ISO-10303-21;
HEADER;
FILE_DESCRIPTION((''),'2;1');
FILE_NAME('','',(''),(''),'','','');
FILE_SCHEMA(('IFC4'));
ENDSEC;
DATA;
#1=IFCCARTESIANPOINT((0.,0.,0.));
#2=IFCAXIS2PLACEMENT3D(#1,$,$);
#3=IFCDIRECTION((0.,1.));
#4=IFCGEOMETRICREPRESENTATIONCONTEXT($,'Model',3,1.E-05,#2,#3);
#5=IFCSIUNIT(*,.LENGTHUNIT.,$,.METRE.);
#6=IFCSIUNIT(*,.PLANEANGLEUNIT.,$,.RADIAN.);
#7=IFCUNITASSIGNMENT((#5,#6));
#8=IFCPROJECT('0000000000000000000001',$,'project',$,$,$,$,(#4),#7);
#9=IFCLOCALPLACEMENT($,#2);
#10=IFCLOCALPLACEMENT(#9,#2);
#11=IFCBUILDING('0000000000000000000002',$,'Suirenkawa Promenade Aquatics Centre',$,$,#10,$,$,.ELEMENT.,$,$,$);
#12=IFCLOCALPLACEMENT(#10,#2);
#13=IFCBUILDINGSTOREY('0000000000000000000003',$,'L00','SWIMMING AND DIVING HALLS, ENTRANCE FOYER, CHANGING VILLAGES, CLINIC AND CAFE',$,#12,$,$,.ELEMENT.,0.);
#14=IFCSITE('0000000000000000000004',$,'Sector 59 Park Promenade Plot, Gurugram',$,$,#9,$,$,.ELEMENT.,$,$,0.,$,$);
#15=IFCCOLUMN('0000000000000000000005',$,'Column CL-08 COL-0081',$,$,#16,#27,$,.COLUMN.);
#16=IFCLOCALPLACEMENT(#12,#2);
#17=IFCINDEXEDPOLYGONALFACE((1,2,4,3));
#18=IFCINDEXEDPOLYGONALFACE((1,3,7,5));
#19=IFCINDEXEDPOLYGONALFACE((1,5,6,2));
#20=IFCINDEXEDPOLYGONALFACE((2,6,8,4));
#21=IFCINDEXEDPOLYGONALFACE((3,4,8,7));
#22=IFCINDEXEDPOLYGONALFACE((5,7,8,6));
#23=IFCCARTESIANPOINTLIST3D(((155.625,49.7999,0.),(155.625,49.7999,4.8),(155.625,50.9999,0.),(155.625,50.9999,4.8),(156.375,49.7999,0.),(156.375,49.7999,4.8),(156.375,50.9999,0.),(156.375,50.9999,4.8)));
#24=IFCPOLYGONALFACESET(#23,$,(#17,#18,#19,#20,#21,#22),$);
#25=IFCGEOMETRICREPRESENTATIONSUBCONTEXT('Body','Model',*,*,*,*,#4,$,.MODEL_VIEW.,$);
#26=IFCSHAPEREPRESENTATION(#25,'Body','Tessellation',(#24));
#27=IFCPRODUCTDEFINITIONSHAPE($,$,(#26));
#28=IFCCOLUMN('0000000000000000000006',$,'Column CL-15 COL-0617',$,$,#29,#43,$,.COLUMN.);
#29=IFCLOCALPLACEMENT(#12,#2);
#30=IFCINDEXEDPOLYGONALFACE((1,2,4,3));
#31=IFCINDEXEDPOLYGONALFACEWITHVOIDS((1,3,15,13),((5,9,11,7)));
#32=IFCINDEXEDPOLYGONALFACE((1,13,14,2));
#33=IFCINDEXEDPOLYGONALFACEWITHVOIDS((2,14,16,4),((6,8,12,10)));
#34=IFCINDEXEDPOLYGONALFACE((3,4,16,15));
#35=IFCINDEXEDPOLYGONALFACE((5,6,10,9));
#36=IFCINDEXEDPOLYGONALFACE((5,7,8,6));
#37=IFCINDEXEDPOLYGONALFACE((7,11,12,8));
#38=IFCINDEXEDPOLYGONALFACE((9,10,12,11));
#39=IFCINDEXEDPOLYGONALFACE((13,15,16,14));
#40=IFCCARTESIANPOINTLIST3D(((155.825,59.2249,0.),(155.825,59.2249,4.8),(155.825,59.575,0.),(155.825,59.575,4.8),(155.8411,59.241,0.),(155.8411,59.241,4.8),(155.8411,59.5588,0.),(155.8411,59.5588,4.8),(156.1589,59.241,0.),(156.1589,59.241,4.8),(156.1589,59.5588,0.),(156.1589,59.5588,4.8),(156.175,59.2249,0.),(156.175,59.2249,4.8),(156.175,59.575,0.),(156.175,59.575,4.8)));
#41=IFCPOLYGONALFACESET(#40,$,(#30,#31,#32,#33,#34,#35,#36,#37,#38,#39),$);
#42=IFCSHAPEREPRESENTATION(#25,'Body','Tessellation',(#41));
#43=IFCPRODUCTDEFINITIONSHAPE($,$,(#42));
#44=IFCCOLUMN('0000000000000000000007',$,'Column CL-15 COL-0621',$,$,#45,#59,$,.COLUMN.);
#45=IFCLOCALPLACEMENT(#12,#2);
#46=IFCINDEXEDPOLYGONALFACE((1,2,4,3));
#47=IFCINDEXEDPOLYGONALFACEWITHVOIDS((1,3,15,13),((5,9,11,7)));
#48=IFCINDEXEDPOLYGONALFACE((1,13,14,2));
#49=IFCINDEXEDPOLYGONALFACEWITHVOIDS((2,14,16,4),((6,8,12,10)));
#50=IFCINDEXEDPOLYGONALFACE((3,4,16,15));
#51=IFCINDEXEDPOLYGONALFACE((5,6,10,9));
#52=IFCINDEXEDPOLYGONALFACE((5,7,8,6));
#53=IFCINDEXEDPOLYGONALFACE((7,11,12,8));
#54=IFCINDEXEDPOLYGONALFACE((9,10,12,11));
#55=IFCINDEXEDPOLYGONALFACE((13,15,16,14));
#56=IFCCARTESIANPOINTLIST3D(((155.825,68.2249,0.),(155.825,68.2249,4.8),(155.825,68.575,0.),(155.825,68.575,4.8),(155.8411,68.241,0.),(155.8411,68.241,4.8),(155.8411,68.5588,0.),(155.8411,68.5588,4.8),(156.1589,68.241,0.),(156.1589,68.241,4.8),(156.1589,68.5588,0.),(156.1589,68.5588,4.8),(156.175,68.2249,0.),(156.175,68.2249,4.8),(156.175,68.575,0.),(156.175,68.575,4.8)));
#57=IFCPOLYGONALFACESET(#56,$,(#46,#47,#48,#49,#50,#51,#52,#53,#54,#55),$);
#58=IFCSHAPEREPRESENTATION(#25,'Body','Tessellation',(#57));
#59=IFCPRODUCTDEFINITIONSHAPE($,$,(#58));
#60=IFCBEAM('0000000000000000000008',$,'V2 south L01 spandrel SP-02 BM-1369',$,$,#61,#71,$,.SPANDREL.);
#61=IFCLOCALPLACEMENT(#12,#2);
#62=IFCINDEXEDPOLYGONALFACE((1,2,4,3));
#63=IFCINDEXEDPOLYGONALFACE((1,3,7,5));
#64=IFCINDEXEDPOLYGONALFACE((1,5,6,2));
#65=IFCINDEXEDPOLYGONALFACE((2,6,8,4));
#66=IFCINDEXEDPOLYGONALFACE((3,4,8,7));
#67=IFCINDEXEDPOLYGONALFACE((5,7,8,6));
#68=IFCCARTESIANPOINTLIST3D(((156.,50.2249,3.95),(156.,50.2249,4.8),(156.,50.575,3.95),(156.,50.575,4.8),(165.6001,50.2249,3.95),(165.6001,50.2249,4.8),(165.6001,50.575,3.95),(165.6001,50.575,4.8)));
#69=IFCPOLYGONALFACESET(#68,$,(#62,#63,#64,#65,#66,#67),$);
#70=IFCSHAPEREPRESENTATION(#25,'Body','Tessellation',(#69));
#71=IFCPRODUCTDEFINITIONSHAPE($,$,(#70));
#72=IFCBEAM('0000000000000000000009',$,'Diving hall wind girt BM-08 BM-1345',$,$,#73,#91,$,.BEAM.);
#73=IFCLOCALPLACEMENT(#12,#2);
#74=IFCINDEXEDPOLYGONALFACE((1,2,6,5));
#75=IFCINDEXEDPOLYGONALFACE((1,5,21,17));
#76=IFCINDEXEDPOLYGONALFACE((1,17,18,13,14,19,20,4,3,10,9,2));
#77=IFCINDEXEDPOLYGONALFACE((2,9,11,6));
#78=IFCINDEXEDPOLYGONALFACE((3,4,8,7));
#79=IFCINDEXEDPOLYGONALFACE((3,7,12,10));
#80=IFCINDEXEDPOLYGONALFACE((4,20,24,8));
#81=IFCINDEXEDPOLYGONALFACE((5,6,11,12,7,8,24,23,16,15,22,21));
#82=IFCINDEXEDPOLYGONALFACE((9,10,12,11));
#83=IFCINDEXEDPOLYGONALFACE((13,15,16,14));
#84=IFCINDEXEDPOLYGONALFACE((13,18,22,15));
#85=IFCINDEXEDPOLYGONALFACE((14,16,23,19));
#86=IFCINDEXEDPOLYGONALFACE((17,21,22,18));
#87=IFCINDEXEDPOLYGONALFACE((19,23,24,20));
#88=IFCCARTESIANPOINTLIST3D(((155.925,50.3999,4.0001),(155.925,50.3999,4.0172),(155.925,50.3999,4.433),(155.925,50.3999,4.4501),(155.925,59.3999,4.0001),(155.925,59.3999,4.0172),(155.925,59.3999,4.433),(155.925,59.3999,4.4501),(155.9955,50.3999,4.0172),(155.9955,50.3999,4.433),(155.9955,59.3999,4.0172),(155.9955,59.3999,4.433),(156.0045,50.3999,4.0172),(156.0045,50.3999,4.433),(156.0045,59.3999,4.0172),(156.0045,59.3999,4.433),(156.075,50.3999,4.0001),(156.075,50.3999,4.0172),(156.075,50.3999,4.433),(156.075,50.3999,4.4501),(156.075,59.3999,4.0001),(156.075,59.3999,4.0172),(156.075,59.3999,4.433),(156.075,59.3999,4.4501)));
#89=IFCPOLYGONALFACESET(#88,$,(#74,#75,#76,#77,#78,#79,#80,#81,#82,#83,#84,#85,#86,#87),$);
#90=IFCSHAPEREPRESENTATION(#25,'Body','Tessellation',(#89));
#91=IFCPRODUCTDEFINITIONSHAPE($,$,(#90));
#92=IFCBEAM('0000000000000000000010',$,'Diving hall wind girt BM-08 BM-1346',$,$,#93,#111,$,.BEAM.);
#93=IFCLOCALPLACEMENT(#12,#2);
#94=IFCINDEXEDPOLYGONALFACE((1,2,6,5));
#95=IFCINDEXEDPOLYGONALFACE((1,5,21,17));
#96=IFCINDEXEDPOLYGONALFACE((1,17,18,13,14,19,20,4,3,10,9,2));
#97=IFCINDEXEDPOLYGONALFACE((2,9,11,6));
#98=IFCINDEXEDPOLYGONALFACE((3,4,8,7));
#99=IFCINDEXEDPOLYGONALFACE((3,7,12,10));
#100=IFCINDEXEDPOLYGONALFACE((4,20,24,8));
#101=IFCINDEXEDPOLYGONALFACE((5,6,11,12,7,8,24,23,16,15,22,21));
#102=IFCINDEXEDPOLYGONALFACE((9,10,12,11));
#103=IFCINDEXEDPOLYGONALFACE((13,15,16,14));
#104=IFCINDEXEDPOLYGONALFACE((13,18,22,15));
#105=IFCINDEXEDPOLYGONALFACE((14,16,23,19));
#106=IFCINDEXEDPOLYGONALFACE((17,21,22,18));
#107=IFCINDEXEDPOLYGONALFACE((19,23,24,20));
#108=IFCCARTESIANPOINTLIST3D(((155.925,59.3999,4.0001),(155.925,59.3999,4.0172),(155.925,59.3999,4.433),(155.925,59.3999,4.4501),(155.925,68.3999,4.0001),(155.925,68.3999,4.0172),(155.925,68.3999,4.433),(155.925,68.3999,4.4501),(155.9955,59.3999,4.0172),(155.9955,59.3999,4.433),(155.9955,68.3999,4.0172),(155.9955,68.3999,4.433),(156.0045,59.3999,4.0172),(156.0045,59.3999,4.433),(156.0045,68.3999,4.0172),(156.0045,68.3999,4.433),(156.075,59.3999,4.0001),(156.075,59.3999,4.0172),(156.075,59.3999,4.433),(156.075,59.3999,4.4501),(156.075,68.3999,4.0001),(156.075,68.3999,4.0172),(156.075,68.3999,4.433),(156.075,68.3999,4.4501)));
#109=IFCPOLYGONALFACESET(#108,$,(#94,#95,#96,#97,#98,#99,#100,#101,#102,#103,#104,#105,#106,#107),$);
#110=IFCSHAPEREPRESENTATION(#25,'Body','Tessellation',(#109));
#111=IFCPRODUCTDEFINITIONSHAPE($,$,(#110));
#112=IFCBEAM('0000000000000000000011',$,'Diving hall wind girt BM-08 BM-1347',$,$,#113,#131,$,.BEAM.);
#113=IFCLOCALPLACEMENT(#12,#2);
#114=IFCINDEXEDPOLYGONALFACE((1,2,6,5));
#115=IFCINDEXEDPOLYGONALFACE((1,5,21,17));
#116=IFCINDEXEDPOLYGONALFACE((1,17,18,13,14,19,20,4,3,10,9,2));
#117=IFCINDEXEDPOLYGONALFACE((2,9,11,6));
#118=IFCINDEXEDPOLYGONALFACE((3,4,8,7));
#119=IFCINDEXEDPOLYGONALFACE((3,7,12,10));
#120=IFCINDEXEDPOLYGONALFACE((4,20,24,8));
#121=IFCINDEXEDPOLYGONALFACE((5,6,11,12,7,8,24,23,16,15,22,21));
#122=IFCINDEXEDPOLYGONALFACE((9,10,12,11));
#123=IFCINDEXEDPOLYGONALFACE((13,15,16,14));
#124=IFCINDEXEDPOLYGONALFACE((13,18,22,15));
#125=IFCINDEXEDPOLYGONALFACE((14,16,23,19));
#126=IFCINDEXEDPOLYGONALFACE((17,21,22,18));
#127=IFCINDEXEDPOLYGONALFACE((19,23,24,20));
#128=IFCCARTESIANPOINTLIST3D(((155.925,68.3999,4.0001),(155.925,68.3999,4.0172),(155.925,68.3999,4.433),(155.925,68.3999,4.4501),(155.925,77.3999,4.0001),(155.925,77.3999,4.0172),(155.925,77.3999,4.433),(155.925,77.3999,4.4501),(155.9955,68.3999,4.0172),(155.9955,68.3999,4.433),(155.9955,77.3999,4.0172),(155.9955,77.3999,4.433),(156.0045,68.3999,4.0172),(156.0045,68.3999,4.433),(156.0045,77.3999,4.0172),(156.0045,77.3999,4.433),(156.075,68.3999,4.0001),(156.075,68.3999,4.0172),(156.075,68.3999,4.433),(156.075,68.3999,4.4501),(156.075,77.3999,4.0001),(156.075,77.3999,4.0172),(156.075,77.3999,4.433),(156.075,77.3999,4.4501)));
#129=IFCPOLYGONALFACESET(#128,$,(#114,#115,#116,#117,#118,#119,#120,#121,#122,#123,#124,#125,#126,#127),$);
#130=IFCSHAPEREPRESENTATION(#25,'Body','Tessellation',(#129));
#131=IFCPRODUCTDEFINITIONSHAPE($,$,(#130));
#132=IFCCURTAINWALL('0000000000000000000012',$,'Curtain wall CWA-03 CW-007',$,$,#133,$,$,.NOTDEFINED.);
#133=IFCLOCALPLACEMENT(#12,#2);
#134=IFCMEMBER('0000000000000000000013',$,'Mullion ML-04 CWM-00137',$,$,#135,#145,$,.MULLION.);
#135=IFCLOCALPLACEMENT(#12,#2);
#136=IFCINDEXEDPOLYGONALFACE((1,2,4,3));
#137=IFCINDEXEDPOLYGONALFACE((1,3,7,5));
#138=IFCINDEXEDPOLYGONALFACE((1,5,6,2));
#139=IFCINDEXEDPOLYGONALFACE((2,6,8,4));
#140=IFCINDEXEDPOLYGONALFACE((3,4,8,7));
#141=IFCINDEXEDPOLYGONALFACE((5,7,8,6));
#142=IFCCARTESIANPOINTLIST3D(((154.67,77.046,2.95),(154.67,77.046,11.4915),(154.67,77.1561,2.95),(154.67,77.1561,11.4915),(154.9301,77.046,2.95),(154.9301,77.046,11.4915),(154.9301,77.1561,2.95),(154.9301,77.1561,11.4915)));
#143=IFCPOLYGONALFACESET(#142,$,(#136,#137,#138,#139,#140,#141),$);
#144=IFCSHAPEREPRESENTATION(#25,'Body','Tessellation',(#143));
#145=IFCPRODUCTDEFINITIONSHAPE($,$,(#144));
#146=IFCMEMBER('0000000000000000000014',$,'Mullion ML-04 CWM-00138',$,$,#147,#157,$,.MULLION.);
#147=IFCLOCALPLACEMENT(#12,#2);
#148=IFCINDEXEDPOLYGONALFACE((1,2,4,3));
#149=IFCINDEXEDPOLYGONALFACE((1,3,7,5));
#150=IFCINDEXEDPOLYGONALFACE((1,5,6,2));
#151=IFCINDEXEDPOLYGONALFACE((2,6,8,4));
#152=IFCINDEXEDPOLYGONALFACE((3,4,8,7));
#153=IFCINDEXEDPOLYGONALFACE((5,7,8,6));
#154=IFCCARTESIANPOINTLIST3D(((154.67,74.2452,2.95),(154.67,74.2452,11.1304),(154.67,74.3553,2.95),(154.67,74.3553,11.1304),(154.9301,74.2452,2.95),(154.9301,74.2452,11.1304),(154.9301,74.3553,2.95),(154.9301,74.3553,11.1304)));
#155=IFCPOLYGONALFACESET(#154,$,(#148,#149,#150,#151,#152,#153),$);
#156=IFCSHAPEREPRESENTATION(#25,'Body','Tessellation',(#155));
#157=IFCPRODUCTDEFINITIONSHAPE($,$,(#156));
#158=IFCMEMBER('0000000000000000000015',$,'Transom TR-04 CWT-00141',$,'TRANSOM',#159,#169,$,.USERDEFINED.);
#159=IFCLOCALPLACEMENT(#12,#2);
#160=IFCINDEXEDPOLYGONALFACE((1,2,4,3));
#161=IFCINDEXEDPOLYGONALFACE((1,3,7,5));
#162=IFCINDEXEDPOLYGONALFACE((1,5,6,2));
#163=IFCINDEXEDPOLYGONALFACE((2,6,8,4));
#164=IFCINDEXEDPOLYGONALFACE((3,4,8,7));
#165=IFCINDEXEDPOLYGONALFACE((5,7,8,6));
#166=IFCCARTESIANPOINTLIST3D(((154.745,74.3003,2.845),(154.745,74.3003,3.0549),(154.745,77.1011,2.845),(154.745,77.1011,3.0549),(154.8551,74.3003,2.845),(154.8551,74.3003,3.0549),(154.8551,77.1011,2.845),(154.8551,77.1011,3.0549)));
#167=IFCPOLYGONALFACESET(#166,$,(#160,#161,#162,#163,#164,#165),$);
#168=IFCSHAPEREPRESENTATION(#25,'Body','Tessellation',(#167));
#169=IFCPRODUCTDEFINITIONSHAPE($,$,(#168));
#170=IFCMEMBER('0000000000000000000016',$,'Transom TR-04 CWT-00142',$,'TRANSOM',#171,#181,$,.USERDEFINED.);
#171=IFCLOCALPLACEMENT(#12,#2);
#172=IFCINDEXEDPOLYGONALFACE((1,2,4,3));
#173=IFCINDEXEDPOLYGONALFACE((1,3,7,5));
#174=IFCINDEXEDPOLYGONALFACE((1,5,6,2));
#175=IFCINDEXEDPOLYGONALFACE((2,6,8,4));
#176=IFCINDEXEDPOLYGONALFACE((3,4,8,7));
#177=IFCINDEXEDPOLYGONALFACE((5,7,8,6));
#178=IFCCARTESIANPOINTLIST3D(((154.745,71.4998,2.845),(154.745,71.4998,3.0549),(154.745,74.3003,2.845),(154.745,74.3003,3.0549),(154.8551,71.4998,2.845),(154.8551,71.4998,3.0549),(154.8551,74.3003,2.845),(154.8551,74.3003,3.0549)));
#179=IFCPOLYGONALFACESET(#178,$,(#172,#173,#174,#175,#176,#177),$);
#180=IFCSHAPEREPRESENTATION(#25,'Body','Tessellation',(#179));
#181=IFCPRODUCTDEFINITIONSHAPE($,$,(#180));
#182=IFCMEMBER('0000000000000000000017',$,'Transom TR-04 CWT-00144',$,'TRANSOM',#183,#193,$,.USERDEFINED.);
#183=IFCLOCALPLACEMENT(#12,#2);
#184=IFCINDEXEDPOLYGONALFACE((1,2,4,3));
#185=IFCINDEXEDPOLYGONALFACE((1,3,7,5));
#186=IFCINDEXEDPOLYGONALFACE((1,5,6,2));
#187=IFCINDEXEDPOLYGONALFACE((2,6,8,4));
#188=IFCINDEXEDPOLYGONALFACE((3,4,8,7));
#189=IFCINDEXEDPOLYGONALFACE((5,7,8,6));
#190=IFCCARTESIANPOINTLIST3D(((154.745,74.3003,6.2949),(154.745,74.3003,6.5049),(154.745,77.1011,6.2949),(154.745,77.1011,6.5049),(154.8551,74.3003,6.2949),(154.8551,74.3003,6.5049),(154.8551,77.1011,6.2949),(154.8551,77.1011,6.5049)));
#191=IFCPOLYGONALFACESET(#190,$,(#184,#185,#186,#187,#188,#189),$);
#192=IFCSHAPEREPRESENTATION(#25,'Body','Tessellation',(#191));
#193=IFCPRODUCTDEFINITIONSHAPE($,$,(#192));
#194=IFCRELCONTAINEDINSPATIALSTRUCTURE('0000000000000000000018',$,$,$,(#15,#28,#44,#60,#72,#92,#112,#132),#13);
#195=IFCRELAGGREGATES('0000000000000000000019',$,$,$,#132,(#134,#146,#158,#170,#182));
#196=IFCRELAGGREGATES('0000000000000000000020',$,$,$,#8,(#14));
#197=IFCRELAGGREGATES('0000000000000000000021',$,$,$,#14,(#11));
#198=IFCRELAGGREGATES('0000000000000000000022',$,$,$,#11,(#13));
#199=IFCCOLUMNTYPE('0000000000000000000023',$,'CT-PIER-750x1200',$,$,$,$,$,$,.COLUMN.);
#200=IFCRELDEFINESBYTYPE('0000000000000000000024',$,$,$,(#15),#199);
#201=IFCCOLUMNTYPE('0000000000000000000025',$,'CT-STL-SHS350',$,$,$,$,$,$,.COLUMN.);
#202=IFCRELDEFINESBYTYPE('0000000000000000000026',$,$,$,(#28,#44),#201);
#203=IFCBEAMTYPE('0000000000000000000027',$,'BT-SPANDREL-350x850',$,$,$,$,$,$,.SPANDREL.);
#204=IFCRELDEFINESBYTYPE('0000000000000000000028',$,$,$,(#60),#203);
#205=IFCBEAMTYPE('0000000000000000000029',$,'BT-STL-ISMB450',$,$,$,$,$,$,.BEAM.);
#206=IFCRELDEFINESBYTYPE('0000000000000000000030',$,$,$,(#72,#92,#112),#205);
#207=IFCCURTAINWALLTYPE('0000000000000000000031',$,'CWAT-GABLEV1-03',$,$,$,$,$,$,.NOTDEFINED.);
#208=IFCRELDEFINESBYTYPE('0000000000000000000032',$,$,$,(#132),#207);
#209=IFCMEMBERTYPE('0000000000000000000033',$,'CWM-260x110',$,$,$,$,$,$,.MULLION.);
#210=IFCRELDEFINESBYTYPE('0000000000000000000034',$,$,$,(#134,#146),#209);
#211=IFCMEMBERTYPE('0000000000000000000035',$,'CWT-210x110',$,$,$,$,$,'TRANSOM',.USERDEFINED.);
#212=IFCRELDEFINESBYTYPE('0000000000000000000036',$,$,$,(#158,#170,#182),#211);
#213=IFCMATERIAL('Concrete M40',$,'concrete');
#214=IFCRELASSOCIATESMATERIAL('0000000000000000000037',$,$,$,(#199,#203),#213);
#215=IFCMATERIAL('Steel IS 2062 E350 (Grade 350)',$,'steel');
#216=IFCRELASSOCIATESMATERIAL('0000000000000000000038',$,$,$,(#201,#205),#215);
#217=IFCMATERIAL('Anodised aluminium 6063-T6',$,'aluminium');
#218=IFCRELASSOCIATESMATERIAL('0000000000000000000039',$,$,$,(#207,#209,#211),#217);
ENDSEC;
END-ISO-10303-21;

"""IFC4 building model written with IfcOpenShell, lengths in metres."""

from ifc_helpers import new_model, si_unit, direction, frame, origin, origin_2d, place, context, subcontext, project, spatial, rectangle, hollow_rectangle, i_section, extrude, material, material_profile, profile_set, type_object, element, aggregate, save


model = new_model("IFC4")

# Units and contexts
model_context = context("Model", 3, precision=1e-05, world=origin(), true_north=direction((0.0, 1.0)))
body_context = subcontext(model_context, "Body", "Model", "MODEL_VIEW")
ifc_project = project(units=[si_unit("LENGTHUNIT", "METRE"), si_unit("PLANEANGLEUNIT", "RADIAN")], contexts=[model_context])

# Site, building, storey
site_placement = place(None, origin())
site = spatial("IfcSite", under=ifc_project, at=site_placement, Name="Sector 59 Park Promenade Plot, Gurugram", CompositionType="ELEMENT", RefElevation=0.0)
building_placement = place(site_placement, origin())
building = spatial("IfcBuilding", under=site, at=building_placement, Name="Suirenkawa Promenade Aquatics Centre", CompositionType="ELEMENT")
storey_placement = place(building_placement, origin())
storey = spatial("IfcBuildingStorey", under=building, at=storey_placement, Name="L00", Description="SWIMMING AND DIVING HALLS, ENTRANCE FOYER, CHANGING VILLAGES, CLINIC AND CAFE", CompositionType="ELEMENT", Elevation=0.0)

# Columns
ifc_material_1 = material(Name="Concrete M40", Category="concrete")
ifc_material_profile_1 = material_profile(ifc_material_1, rectangle(XDim=0.75, YDim=1.2, at=origin_2d()), Name="RC PIER 750x1200", Category="concrete")
ifc_profile_set_1 = profile_set([ifc_material_profile_1], Name="Concrete M40")
column_type_1 = type_object("IfcColumnType", Name="CT-PIER-750x1200", PredefinedType="COLUMN", material=ifc_profile_set_1)
column_placement = place(storey_placement, frame((156.0, 50.3999, 0.0), z_axis=(0.0, 0.0, 1.0), x_axis=(1.0, 0.0, 0.0)))
element("IfcColumn", 1, at=column_placement, inside=storey, type_object=column_type_1, Name="Column CL-08 COL-0081", PredefinedType="COLUMN", context=body_context, shape_type="SweptSolid", body=[
    extrude(rectangle(XDim=0.75, YDim=1.2, at=origin_2d()), origin(), (0.0, 0.0, 1.0), 4.8),
])
ifc_material_2 = material(Name="Steel IS 2062 E350 (Grade 350)", Category="steel")
ifc_material_profile_2 = material_profile(ifc_material_2, hollow_rectangle(XDim=0.3501, YDim=0.3501, WallThickness=0.0161, at=origin_2d()), Name="SHS 350x350x16", Category="steel")
ifc_profile_set_2 = profile_set([ifc_material_profile_2], Name="Steel IS 2062 E350 (Grade 350)")
column_type_2 = type_object("IfcColumnType", Name="CT-STL-SHS350", PredefinedType="COLUMN", material=ifc_profile_set_2)
for number, where, z_axis, x_axis, name in (
    (2, (156.0, 59.3999, 0.0), (0.0, 0.0, 1.0), (1.0, 0.0, 0.0), "Column CL-15 COL-0617"),
    (3, (156.0, 68.3999, 0.0), (0.0, 0.0, 1.0), (1.0, 0.0, 0.0), "Column CL-15 COL-0621"),
):
    element("IfcColumn", number, at=place(storey_placement, frame(where, z_axis=z_axis, x_axis=x_axis)), inside=storey, type_object=column_type_2, Name=name, PredefinedType="COLUMN", context=body_context, shape_type="SweptSolid", body=[
        extrude(hollow_rectangle(XDim=0.3501, YDim=0.3501, WallThickness=0.0161, at=origin_2d()), origin(), (0.0, 0.0, 1.0), 4.8),
    ])

# Beams
ifc_material_profile_3 = material_profile(ifc_material_1, rectangle(XDim=0.3501, YDim=0.8501, at=origin_2d()), Name="RC SPANDREL 350x850", Category="concrete")
ifc_profile_set_3 = profile_set([ifc_material_profile_3], Name="Concrete M40")
beam_type_1 = type_object("IfcBeamType", Name="BT-SPANDREL-350x850", PredefinedType="SPANDREL", material=ifc_profile_set_3)
beam_placement = place(storey_placement, frame((156.0, 50.3999, 4.375), z_axis=(1.0, 0.0, 0.0), x_axis=(0.0, 1.0, 0.0)))
element("IfcBeam", 4, at=beam_placement, inside=storey, type_object=beam_type_1, Name="V2 south L01 spandrel SP-02 BM-1369", PredefinedType="SPANDREL", context=body_context, shape_type="SweptSolid", body=[
    extrude(rectangle(XDim=0.3501, YDim=0.8501, at=origin_2d()), origin(), (0.0, 0.0, 1.0), 9.6001),
])
ifc_material_profile_4 = material_profile(ifc_material_2, i_section(OverallWidth=0.1499, OverallDepth=0.45, WebThickness=0.009, FlangeThickness=0.0171, at=origin_2d()), Name="ISMB 450", Category="steel")
ifc_profile_set_4 = profile_set([ifc_material_profile_4], Name="Steel IS 2062 E350 (Grade 350)")
beam_type_2 = type_object("IfcBeamType", Name="BT-STL-ISMB450", PredefinedType="BEAM", material=ifc_profile_set_4)
for number, where, z_axis, x_axis, name in (
    (5, (156.0, 50.3999, 4.2251), (0.0, 1.0, 0.0), (-1.0, 0.0, 0.0), "Diving hall wind girt BM-08 BM-1345"),
    (6, (156.0, 59.3999, 4.2251), (0.0, 1.0, 0.0), (-1.0, 0.0, 0.0), "Diving hall wind girt BM-08 BM-1346"),
    (7, (156.0, 68.3999, 4.2251), (0.0, 1.0, 0.0), (-1.0, 0.0, 0.0), "Diving hall wind girt BM-08 BM-1347"),
):
    element("IfcBeam", number, at=place(storey_placement, frame(where, z_axis=z_axis, x_axis=x_axis)), inside=storey, type_object=beam_type_2, Name=name, PredefinedType="BEAM", context=body_context, shape_type="SweptSolid", body=[
        extrude(i_section(OverallWidth=0.1499, OverallDepth=0.45, WebThickness=0.009, FlangeThickness=0.0171, at=origin_2d()), origin(), (0.0, 0.0, 1.0), 9.0),
    ])

# Curtain wall, members
ifc_material_3 = material(Name="Anodised aluminium 6063-T6", Category="aluminium")
curtain_wall_type = type_object("IfcCurtainWallType", Name="CWAT-GABLEV1-03", PredefinedType="NOTDEFINED", material=ifc_material_3)
curtain_wall_placement = place(storey_placement, origin())
curtain_wall = element("IfcCurtainWall", 8, at=curtain_wall_placement, inside=storey, type_object=curtain_wall_type, Name="Curtain wall CWA-03 CW-007", PredefinedType="NOTDEFINED")
ifc_material_profile_5 = material_profile(ifc_material_3, rectangle(XDim=0.1101, YDim=0.26, at=origin_2d()), Name="ALU MULL 110x260", Category="aluminium")
ifc_profile_set_5 = profile_set([ifc_material_profile_5], Name="Anodised aluminium 6063-T6")
member_type_1 = type_object("IfcMemberType", Name="CWM-260x110", PredefinedType="MULLION", material=ifc_profile_set_5)
member_1_placement = place(storey_placement, frame((154.8, 77.1011, 2.95), z_axis=(0.0, 0.0, 1.0), x_axis=(0.0, -1.0, 0.0)))
member_1 = element("IfcMember", 9, at=member_1_placement, type_object=member_type_1, Name="Mullion ML-04 CWM-00137", PredefinedType="MULLION", context=body_context, shape_type="SweptSolid", body=[
    extrude(rectangle(XDim=0.1101, YDim=0.26, at=origin_2d()), origin(), (0.0, 0.0, 1.0), 8.5415),
])
member_2_placement = place(storey_placement, frame((154.8, 74.3003, 2.95), z_axis=(0.0, 0.0, 1.0), x_axis=(0.0, -1.0, 0.0)))
member_2 = element("IfcMember", 10, at=member_2_placement, type_object=member_type_1, Name="Mullion ML-04 CWM-00138", PredefinedType="MULLION", context=body_context, shape_type="SweptSolid", body=[
    extrude(rectangle(XDim=0.1101, YDim=0.26, at=origin_2d()), origin(), (0.0, 0.0, 1.0), 8.1804),
])
ifc_material_profile_6 = material_profile(ifc_material_3, rectangle(XDim=0.1101, YDim=0.21, at=origin_2d()), Name="ALU TRAN 110x210", Category="aluminium")
ifc_profile_set_6 = profile_set([ifc_material_profile_6], Name="Anodised aluminium 6063-T6")
member_type_2 = type_object("IfcMemberType", Name="CWT-210x110", ElementType="TRANSOM", PredefinedType="USERDEFINED", material=ifc_profile_set_6)
member_3_placement = place(storey_placement, frame((154.8, 77.1011, 2.95), z_axis=(0.0, -1.0, 0.0), x_axis=(1.0, 0.0, 0.0)))
member_3 = element("IfcMember", 11, at=member_3_placement, type_object=member_type_2, Name="Transom TR-04 CWT-00141", ObjectType="TRANSOM", PredefinedType="USERDEFINED", context=body_context, shape_type="SweptSolid", body=[
    extrude(rectangle(XDim=0.1101, YDim=0.21, at=origin_2d()), origin(), (0.0, 0.0, 1.0), 2.8008),
])
member_4_placement = place(storey_placement, frame((154.8, 74.3003, 2.95), z_axis=(0.0, -1.0, 0.0), x_axis=(1.0, 0.0, 0.0)))
member_4 = element("IfcMember", 12, at=member_4_placement, type_object=member_type_2, Name="Transom TR-04 CWT-00142", ObjectType="TRANSOM", PredefinedType="USERDEFINED", context=body_context, shape_type="SweptSolid", body=[
    extrude(rectangle(XDim=0.1101, YDim=0.21, at=origin_2d()), origin(), (0.0, 0.0, 1.0), 2.8005),
])
member_5_placement = place(storey_placement, frame((154.8, 77.1011, 6.3999), z_axis=(0.0, -1.0, 0.0), x_axis=(1.0, 0.0, 0.0)))
member_5 = element("IfcMember", 13, at=member_5_placement, type_object=member_type_2, Name="Transom TR-04 CWT-00144", ObjectType="TRANSOM", PredefinedType="USERDEFINED", context=body_context, shape_type="SweptSolid", body=[
    extrude(rectangle(XDim=0.1101, YDim=0.21, at=origin_2d()), origin(), (0.0, 0.0, 1.0), 2.8008),
])
aggregate(curtain_wall, [member_1, member_2, member_3, member_4, member_5])

save(model, "model.ifc")
